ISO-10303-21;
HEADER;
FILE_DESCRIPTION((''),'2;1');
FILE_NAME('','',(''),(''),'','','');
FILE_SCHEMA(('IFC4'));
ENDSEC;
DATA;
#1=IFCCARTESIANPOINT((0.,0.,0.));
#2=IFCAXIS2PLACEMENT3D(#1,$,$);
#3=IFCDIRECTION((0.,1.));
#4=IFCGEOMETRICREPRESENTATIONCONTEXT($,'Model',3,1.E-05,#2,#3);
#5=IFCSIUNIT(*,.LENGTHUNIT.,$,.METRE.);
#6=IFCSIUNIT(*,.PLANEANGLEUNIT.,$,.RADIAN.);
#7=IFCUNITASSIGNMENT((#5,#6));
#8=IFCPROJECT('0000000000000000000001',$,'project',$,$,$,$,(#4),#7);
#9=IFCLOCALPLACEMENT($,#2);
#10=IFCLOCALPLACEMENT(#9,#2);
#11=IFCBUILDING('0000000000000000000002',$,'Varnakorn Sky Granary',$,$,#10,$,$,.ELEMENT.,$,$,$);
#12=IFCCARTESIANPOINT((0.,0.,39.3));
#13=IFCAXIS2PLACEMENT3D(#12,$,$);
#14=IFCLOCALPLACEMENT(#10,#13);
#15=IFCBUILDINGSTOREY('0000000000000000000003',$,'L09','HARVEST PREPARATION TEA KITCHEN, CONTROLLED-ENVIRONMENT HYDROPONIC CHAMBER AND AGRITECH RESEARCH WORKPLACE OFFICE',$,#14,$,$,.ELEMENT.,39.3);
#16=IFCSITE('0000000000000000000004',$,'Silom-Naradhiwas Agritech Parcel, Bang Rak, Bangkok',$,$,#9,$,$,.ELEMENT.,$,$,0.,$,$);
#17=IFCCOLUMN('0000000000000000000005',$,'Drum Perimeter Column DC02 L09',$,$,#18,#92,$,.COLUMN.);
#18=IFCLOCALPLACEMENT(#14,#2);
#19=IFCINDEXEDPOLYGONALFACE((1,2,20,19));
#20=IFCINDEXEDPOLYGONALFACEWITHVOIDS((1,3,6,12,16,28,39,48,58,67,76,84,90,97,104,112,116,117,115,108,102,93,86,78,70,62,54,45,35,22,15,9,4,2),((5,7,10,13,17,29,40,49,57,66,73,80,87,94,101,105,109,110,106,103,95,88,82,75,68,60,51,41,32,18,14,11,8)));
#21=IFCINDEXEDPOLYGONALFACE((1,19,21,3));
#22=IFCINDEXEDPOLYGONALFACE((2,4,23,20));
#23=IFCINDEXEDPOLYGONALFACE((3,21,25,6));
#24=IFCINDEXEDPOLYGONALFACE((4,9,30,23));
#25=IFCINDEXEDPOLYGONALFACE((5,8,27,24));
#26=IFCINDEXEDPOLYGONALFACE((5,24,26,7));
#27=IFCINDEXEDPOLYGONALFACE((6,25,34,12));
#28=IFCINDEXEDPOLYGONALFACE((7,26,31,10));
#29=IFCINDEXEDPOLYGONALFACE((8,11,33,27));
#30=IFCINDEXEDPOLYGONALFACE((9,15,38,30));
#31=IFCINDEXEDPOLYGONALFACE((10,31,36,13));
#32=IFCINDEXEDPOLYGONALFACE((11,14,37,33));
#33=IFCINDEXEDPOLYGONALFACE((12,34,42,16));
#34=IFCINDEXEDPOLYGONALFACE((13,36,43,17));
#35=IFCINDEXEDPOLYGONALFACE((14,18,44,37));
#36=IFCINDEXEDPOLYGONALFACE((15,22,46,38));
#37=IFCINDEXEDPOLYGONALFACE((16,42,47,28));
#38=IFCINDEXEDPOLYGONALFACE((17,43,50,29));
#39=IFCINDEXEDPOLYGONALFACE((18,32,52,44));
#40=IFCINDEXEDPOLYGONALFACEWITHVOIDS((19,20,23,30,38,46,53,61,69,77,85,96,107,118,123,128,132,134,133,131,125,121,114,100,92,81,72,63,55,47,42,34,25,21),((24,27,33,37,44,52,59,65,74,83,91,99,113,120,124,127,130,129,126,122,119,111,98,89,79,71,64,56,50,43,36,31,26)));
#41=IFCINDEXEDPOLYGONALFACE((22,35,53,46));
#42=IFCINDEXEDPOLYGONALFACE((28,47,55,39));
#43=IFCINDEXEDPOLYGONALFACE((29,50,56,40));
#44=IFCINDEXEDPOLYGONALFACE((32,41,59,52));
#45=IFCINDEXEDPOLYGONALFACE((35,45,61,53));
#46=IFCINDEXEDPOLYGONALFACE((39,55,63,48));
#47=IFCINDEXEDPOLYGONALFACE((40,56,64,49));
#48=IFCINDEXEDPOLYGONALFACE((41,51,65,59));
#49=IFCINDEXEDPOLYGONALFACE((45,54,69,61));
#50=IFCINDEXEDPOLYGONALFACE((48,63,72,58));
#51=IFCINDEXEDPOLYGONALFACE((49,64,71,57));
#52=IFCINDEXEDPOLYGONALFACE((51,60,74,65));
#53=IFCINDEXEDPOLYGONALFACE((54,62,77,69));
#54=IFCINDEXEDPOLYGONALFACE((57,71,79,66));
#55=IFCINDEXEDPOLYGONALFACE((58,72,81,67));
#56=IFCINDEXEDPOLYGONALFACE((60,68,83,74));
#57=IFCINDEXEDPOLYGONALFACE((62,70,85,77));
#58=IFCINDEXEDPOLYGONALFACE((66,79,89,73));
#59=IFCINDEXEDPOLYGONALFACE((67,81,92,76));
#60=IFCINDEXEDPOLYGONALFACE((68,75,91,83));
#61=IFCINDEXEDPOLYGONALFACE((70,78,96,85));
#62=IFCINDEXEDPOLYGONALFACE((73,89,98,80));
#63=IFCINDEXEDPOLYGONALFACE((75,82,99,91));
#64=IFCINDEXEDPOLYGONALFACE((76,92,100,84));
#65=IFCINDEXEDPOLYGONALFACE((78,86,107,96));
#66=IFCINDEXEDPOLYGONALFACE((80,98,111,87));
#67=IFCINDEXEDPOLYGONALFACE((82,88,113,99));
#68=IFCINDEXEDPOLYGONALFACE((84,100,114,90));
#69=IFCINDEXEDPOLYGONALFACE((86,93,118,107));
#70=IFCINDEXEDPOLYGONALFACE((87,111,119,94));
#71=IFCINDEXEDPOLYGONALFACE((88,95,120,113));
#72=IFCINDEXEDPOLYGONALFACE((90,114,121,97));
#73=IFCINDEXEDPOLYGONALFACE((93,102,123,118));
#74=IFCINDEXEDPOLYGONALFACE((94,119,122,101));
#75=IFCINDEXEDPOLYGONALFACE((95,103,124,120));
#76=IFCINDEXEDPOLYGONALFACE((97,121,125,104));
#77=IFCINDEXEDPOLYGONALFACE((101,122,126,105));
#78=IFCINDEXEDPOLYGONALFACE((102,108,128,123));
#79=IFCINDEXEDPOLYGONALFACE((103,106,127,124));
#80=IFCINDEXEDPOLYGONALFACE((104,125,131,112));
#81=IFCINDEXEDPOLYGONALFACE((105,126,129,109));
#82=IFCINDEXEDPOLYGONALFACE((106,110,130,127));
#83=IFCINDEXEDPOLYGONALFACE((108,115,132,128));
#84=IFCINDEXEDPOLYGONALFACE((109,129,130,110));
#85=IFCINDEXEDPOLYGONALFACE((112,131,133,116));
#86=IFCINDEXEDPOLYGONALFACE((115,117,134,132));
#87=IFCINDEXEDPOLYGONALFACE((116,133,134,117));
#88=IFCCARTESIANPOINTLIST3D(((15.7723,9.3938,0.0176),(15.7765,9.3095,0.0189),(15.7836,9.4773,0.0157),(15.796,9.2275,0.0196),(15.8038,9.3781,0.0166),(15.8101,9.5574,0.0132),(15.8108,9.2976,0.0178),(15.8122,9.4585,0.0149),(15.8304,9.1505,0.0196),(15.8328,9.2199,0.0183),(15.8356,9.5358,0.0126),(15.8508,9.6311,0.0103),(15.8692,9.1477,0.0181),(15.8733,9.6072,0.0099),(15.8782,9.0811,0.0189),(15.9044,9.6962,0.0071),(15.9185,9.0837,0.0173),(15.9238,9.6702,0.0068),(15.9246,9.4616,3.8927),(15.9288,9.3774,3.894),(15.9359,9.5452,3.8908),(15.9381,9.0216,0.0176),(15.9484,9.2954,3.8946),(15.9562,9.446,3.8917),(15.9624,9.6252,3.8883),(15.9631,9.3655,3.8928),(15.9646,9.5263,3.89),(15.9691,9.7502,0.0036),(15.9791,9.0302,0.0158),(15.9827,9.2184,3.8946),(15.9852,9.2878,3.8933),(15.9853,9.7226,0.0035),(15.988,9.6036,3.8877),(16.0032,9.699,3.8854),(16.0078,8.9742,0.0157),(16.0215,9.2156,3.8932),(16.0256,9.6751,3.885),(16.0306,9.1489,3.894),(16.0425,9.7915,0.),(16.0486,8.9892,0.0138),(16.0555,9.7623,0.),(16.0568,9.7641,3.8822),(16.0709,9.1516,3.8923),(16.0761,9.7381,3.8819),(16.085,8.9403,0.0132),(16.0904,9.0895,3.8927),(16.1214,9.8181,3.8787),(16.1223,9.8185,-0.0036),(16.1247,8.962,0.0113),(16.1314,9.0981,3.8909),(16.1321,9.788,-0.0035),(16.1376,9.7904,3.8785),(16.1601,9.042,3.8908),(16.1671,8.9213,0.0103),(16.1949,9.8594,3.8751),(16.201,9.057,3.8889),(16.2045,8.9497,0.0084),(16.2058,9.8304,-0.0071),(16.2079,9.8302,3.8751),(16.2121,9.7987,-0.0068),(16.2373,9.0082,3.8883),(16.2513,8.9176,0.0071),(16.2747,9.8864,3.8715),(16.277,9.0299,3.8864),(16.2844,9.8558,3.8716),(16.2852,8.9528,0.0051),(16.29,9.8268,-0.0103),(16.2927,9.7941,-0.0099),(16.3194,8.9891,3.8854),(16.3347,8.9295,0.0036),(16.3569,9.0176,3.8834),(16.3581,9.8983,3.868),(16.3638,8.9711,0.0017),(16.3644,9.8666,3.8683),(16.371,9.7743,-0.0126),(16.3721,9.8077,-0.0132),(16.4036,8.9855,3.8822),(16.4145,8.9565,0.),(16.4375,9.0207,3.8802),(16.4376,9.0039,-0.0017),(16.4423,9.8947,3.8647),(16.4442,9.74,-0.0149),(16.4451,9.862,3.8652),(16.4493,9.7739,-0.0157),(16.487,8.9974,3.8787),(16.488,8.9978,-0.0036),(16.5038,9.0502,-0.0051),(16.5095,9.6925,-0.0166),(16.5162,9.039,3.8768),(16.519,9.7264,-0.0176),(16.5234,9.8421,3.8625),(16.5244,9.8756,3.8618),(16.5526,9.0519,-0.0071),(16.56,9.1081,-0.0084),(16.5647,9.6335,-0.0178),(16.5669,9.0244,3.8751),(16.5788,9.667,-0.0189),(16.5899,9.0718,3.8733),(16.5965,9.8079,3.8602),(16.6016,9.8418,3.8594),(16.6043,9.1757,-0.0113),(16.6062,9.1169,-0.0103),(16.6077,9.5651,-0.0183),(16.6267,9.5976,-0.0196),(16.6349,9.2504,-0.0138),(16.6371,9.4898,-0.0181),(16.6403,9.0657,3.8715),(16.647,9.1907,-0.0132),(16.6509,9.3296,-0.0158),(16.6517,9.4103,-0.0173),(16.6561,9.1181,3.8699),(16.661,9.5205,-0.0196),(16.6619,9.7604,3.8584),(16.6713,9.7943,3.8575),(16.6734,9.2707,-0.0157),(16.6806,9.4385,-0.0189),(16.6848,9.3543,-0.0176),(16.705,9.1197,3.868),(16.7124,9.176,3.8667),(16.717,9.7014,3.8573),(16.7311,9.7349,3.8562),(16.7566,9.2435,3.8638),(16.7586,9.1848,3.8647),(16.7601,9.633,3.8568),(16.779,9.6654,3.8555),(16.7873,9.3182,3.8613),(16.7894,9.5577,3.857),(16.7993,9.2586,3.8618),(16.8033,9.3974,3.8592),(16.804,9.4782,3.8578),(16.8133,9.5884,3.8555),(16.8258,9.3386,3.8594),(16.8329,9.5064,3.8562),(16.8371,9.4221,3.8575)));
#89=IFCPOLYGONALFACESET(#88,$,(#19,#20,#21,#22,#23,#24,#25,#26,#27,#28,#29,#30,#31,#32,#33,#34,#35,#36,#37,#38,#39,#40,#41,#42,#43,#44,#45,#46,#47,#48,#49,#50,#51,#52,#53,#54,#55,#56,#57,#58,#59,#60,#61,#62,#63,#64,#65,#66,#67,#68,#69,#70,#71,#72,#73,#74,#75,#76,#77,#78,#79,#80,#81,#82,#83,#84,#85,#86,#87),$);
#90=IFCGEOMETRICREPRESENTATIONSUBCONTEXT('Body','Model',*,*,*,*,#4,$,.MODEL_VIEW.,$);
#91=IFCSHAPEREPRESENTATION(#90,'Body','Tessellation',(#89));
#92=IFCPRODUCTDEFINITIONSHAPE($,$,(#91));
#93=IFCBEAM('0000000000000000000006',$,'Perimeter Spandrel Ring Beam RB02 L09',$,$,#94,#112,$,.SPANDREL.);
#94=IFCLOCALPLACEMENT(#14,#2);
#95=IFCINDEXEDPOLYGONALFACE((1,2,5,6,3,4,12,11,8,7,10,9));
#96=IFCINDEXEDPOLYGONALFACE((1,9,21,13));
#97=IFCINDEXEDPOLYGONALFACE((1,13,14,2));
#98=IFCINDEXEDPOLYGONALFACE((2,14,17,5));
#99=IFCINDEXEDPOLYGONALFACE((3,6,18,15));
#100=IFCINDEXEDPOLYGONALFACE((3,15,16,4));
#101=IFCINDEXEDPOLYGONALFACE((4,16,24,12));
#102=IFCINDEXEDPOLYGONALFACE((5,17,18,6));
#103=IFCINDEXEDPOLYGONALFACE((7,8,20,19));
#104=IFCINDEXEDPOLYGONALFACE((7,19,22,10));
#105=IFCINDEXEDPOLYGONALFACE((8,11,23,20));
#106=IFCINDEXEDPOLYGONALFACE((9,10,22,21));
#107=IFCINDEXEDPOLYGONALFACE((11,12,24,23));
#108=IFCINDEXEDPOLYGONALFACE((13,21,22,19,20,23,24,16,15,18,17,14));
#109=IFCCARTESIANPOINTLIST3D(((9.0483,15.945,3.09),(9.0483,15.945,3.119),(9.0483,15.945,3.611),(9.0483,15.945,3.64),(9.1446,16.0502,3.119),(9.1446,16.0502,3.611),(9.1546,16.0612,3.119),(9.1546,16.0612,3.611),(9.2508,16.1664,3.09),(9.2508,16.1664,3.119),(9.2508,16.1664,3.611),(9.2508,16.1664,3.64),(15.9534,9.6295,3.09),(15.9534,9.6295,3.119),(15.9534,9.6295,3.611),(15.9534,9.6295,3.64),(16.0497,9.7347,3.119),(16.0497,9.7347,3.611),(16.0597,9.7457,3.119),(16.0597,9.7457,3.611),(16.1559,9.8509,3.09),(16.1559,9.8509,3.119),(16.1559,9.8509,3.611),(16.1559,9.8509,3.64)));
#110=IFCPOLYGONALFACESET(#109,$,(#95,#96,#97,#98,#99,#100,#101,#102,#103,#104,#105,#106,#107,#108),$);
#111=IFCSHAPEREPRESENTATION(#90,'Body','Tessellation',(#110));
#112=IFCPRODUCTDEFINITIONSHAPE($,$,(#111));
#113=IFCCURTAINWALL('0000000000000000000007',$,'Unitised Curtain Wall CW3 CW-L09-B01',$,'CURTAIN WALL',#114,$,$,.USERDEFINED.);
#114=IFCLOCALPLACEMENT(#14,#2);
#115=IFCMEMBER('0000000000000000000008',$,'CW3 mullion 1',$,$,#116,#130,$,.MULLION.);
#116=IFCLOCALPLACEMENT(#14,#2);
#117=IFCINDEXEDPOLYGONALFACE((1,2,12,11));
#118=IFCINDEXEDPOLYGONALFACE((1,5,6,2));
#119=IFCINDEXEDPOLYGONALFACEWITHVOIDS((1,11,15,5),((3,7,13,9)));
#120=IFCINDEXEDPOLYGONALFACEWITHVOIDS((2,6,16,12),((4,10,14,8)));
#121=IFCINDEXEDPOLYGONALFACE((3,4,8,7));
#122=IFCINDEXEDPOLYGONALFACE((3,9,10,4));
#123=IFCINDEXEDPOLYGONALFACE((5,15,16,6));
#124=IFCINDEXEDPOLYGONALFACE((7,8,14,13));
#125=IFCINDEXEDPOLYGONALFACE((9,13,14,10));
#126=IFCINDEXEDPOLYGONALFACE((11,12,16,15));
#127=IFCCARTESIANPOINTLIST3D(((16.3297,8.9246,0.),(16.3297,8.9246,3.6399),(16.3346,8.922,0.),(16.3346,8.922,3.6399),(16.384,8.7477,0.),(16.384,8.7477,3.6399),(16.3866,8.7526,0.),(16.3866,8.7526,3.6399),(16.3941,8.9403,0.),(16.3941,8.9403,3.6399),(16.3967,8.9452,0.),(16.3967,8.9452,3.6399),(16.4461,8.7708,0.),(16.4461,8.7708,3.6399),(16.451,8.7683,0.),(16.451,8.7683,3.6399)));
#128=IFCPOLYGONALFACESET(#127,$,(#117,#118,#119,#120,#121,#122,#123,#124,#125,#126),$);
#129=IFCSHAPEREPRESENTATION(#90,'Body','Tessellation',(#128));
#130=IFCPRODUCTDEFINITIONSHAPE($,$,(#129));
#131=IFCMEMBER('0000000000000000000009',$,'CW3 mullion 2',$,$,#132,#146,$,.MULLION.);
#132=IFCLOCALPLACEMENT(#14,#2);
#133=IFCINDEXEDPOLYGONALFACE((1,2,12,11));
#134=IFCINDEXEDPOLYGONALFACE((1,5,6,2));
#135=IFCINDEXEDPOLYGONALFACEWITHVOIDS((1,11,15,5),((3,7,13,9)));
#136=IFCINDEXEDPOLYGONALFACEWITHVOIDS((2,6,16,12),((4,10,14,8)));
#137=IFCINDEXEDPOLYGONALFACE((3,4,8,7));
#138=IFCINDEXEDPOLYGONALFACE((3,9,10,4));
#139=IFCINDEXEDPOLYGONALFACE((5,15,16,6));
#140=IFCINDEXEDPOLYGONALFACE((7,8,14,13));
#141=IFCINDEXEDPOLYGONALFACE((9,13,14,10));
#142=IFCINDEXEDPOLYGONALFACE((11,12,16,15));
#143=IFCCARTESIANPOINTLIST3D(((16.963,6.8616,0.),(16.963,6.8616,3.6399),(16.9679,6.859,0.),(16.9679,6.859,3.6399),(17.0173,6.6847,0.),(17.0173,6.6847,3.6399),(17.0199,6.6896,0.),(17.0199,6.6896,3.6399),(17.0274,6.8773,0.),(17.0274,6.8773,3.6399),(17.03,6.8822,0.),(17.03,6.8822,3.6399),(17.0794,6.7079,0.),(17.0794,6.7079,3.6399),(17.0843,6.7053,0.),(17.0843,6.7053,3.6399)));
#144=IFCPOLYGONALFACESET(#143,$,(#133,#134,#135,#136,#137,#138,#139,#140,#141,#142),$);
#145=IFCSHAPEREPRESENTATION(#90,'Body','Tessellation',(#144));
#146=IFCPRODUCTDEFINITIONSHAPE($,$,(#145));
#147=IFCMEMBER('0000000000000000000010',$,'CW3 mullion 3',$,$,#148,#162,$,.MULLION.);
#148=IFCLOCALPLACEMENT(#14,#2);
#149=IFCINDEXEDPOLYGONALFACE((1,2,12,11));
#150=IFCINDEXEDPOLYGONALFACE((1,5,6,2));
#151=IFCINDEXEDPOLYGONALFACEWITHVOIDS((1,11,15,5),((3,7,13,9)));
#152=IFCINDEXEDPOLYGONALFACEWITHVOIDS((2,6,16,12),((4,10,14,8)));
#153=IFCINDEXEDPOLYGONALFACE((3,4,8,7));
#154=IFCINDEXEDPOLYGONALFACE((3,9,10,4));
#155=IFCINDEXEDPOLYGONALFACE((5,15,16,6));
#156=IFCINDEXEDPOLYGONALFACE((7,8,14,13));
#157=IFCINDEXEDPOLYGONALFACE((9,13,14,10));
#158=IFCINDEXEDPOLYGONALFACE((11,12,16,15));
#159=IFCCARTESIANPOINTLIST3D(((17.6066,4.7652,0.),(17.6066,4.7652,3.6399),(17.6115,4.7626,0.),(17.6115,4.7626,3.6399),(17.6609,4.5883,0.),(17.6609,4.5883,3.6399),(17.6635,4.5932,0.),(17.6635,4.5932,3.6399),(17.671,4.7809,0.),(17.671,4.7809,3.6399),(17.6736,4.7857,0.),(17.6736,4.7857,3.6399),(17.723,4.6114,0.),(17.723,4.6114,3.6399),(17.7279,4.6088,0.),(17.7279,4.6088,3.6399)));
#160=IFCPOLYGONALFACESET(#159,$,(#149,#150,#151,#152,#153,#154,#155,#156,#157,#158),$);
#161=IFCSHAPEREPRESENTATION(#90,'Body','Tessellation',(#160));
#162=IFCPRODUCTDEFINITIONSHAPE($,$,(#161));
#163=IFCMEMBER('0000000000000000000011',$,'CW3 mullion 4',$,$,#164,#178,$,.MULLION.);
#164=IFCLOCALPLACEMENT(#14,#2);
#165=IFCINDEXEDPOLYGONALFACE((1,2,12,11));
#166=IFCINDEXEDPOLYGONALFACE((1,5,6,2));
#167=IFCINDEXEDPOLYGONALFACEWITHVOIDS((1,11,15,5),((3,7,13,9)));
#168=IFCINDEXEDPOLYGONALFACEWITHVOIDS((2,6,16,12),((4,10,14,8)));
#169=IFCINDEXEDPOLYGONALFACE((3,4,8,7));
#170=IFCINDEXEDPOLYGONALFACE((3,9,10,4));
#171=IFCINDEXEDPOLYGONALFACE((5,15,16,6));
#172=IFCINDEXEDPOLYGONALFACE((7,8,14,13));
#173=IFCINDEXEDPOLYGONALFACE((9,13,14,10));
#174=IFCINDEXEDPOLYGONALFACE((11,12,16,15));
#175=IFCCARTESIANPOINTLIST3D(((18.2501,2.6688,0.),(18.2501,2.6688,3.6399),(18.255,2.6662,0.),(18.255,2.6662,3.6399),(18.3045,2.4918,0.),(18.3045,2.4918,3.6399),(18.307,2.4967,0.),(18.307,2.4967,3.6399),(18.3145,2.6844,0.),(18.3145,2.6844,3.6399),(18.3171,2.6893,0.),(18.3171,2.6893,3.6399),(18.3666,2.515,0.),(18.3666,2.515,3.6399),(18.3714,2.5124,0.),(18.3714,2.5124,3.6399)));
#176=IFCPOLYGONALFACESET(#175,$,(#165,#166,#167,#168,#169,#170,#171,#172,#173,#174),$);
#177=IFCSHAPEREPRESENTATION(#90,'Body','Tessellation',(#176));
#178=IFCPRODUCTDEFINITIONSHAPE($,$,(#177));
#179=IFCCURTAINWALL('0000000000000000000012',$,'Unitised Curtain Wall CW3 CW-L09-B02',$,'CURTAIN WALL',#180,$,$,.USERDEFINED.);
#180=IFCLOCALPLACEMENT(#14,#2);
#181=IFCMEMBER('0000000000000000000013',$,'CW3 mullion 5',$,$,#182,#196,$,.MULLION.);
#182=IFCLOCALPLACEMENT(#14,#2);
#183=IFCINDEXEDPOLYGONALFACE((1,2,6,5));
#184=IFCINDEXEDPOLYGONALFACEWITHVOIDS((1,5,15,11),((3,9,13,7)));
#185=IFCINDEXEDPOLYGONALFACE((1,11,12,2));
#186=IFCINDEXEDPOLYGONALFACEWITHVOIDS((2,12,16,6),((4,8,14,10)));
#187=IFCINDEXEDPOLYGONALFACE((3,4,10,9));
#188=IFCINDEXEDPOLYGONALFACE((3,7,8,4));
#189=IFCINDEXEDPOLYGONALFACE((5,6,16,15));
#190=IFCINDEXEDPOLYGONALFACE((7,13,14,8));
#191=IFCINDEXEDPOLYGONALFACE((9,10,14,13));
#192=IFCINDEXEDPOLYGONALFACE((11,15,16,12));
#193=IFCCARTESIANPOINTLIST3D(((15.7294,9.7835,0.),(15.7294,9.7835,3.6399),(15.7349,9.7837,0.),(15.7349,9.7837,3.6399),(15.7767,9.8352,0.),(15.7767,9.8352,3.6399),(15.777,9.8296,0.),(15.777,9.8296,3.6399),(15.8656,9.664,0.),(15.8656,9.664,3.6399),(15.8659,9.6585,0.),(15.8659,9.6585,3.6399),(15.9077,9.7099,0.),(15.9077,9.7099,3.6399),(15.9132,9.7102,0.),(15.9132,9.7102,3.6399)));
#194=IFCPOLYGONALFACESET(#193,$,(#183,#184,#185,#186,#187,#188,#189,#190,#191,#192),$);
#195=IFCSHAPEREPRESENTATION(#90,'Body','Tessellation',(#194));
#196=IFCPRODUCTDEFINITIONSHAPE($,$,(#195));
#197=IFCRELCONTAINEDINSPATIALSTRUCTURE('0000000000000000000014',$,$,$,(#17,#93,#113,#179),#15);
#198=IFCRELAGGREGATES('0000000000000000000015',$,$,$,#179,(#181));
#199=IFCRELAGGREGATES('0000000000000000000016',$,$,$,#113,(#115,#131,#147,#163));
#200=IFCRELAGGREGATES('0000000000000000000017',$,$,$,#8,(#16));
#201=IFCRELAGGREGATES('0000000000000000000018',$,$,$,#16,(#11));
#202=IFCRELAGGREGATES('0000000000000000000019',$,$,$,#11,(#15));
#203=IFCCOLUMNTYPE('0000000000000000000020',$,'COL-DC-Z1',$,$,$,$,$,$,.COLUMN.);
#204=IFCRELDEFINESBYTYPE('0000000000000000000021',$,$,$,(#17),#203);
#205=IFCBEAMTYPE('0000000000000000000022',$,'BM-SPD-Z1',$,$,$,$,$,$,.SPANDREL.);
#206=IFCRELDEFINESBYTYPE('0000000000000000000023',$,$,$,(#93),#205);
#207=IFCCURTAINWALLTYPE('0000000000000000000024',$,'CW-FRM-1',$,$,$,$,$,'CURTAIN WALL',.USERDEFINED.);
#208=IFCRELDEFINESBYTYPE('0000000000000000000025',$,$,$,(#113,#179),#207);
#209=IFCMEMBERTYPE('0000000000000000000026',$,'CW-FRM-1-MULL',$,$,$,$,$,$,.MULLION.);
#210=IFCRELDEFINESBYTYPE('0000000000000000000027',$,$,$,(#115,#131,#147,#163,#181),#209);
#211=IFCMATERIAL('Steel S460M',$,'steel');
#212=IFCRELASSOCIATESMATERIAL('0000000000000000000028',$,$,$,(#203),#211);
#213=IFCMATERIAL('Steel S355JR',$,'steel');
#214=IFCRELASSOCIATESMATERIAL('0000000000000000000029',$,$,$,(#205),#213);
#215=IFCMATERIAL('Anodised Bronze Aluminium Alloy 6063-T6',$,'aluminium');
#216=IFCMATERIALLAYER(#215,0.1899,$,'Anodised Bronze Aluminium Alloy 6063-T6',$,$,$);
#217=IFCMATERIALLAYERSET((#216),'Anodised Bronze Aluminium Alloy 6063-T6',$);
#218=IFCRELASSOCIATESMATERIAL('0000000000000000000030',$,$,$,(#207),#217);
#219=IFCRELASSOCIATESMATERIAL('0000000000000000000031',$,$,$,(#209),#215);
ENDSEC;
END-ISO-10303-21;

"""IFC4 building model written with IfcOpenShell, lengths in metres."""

from ifc_helpers import new_model, si_unit, direction, frame, origin, origin_2d, place, context, subcontext, project, spatial, hollow_rectangle, hollow_circle, i_section, extrude, material, layer, layer_set, material_profile, profile_set, type_object, element, aggregate, save


model = new_model("IFC4")

# Units and contexts
model_context = context("Model", 3, precision=1e-05, world=origin(), true_north=direction((0.0, 1.0)))
body_context = subcontext(model_context, "Body", "Model", "MODEL_VIEW")
ifc_project = project(units=[si_unit("LENGTHUNIT", "METRE"), si_unit("PLANEANGLEUNIT", "RADIAN")], contexts=[model_context])

# Site, building, storey
site_placement = place(None, origin())
site = spatial("IfcSite", under=ifc_project, at=site_placement, Name="Silom-Naradhiwas Agritech Parcel, Bang Rak, Bangkok", CompositionType="ELEMENT", RefElevation=0.0)
building_placement = place(site_placement, origin())
building = spatial("IfcBuilding", under=site, at=building_placement, Name="Varnakorn Sky Granary", CompositionType="ELEMENT")
storey_placement = place(building_placement, frame((0.0, 0.0, 39.3)))
storey = spatial("IfcBuildingStorey", under=building, at=storey_placement, Name="L09", Description="HARVEST PREPARATION TEA KITCHEN, CONTROLLED-ENVIRONMENT HYDROPONIC CHAMBER AND AGRITECH RESEARCH WORKPLACE OFFICE", CompositionType="ELEMENT", Elevation=39.3)

# Column
ifc_material_1 = material(Name="Steel S460M", Category="steel")
ifc_material_profile_1 = material_profile(ifc_material_1, hollow_circle(Radius=0.457, WallThickness=0.032, at=origin_2d()), Name="CHS 914x32")
ifc_profile_set_1 = profile_set([ifc_material_profile_1], Name="Steel S460M")
column_type = type_object("IfcColumnType", Name="COL-DC-Z1", PredefinedType="COLUMN", material=ifc_profile_set_1)
column_placement = place(storey_placement, frame((16.2285, 9.374, 0.0), z_axis=(0.039278, 0.017499, 0.999075), x_axis=(-0.406953, 0.913449, 0.0)))
element("IfcColumn", 1, at=column_placement, inside=storey, type_object=column_type, Name="Drum Perimeter Column DC02 L09", PredefinedType="COLUMN", context=body_context, shape_type="SweptSolid", body=[
    extrude(hollow_circle(Radius=0.457, WallThickness=0.032, at=origin_2d()), origin(), (0.0, 0.0, 1.0), 3.8787),
])

# Beam
ifc_material_2 = material(Name="Steel S355JR", Category="steel")
ifc_material_profile_2 = material_profile(ifc_material_2, i_section(OverallWidth=0.3, OverallDepth=0.55, WebThickness=0.0149, FlangeThickness=0.0291, at=origin_2d()), Name="HE 550 B")
ifc_profile_set_2 = profile_set([ifc_material_profile_2], Name="Steel S355JR")
beam_type = type_object("IfcBeamType", Name="BM-SPD-Z1", PredefinedType="SPANDREL", material=ifc_profile_set_2)
beam_placement = place(storey_placement, frame((16.0547, 9.7402, 3.365), z_axis=(-0.737909, 0.674901, 0.0), x_axis=(-0.674901, -0.737909, 0.0)))
element("IfcBeam", 2, at=beam_placement, inside=storey, type_object=beam_type, Name="Perimeter Spandrel Ring Beam RB02 L09", PredefinedType="SPANDREL", context=body_context, shape_type="SweptSolid", body=[
    extrude(i_section(OverallWidth=0.3, OverallDepth=0.55, WebThickness=0.0149, FlangeThickness=0.0291, at=origin_2d()), origin(), (0.0, 0.0, 1.0), 9.3577),
])

# Curtain wall, members
ifc_material_3 = material(Name="Anodised Bronze Aluminium Alloy 6063-T6", Category="aluminium")
ifc_layer_1 = layer(ifc_material_3, 0.1899, Name="Anodised Bronze Aluminium Alloy 6063-T6")
ifc_layer_set_1 = layer_set([ifc_layer_1], Name="Anodised Bronze Aluminium Alloy 6063-T6")
curtain_wall_type = type_object("IfcCurtainWallType", Name="CW-FRM-1", ElementType="CURTAIN WALL", PredefinedType="USERDEFINED", material=ifc_layer_set_1)
curtain_wall_1_placement = place(storey_placement, origin())
curtain_wall_1 = element("IfcCurtainWall", 3, at=curtain_wall_1_placement, inside=storey, type_object=curtain_wall_type, Name="Unitised Curtain Wall CW3 CW-L09-B01", ObjectType="CURTAIN WALL", PredefinedType="USERDEFINED")
ifc_material_profile_3 = material_profile(ifc_material_3, hollow_rectangle(XDim=0.0701, YDim=0.1851, WallThickness=0.0039, at=origin_2d()), Name="ALU MULL 70x185")
ifc_profile_set_3 = profile_set([ifc_material_profile_3], Name="Anodised Bronze Aluminium Alloy 6063-T6")
member_type_1 = type_object("IfcMemberType", Name="CW-FRM-1-MULL", PredefinedType="MULLION", material=ifc_profile_set_3)
member_1_placement = place(storey_placement, frame((16.3904, 8.8464, 0.0), z_axis=(0.0, 0.0, 1.0), x_axis=(0.955971, 0.293463, 0.0)))
member_1 = element("IfcMember", 4, at=member_1_placement, type_object=member_type_1, Name="CW3 mullion 1", PredefinedType="MULLION", context=body_context, shape_type="SweptSolid", body=[
    extrude(hollow_rectangle(XDim=0.0701, YDim=0.1851, WallThickness=0.0039, at=origin_2d()), origin(), (0.0, 0.0, 1.0), 3.6399),
])
member_2_placement = place(storey_placement, frame((17.0237, 6.7834, 0.0), z_axis=(0.0, 0.0, 1.0), x_axis=(0.955971, 0.293463, 0.0)))
member_2 = element("IfcMember", 5, at=member_2_placement, type_object=member_type_1, Name="CW3 mullion 2", PredefinedType="MULLION", context=body_context, shape_type="SweptSolid", body=[
    extrude(hollow_rectangle(XDim=0.0701, YDim=0.1851, WallThickness=0.0039, at=origin_2d()), origin(), (0.0, 0.0, 1.0), 3.6399),
])
member_3_placement = place(storey_placement, frame((17.6672, 4.687, 0.0), z_axis=(0.0, 0.0, 1.0), x_axis=(0.955971, 0.293463, 0.0)))
member_3 = element("IfcMember", 6, at=member_3_placement, type_object=member_type_1, Name="CW3 mullion 3", PredefinedType="MULLION", context=body_context, shape_type="SweptSolid", body=[
    extrude(hollow_rectangle(XDim=0.0701, YDim=0.1851, WallThickness=0.0039, at=origin_2d()), origin(), (0.0, 0.0, 1.0), 3.6399),
])
member_4_placement = place(storey_placement, frame((18.3108, 2.5906, 0.0), z_axis=(0.0, 0.0, 1.0), x_axis=(0.955971, 0.293463, 0.0)))
member_4 = element("IfcMember", 7, at=member_4_placement, type_object=member_type_1, Name="CW3 mullion 4", PredefinedType="MULLION", context=body_context, shape_type="SweptSolid", body=[
    extrude(hollow_rectangle(XDim=0.0701, YDim=0.1851, WallThickness=0.0039, at=origin_2d()), origin(), (0.0, 0.0, 1.0), 3.6399),
])

# Curtain wall, member
curtain_wall_2_placement = place(storey_placement, origin())
curtain_wall_2 = element("IfcCurtainWall", 8, at=curtain_wall_2_placement, inside=storey, type_object=curtain_wall_type, Name="Unitised Curtain Wall CW3 CW-L09-B02", ObjectType="CURTAIN WALL", PredefinedType="USERDEFINED")
member_5_placement = place(storey_placement, frame((15.8213, 9.7468, 0.0), z_axis=(0.0, 0.0, 1.0), x_axis=(0.675389, 0.737462, 0.0)))
member_5 = element("IfcMember", 9, at=member_5_placement, type_object=member_type_1, Name="CW3 mullion 5", PredefinedType="MULLION", context=body_context, shape_type="SweptSolid", body=[
    extrude(hollow_rectangle(XDim=0.0701, YDim=0.1851, WallThickness=0.0039, at=origin_2d()), origin(), (0.0, 0.0, 1.0), 3.6399),
])
aggregate(curtain_wall_2, [member_5])

aggregate(curtain_wall_1, [member_1, member_2, member_3, member_4])

save(model, "model.ifc")
